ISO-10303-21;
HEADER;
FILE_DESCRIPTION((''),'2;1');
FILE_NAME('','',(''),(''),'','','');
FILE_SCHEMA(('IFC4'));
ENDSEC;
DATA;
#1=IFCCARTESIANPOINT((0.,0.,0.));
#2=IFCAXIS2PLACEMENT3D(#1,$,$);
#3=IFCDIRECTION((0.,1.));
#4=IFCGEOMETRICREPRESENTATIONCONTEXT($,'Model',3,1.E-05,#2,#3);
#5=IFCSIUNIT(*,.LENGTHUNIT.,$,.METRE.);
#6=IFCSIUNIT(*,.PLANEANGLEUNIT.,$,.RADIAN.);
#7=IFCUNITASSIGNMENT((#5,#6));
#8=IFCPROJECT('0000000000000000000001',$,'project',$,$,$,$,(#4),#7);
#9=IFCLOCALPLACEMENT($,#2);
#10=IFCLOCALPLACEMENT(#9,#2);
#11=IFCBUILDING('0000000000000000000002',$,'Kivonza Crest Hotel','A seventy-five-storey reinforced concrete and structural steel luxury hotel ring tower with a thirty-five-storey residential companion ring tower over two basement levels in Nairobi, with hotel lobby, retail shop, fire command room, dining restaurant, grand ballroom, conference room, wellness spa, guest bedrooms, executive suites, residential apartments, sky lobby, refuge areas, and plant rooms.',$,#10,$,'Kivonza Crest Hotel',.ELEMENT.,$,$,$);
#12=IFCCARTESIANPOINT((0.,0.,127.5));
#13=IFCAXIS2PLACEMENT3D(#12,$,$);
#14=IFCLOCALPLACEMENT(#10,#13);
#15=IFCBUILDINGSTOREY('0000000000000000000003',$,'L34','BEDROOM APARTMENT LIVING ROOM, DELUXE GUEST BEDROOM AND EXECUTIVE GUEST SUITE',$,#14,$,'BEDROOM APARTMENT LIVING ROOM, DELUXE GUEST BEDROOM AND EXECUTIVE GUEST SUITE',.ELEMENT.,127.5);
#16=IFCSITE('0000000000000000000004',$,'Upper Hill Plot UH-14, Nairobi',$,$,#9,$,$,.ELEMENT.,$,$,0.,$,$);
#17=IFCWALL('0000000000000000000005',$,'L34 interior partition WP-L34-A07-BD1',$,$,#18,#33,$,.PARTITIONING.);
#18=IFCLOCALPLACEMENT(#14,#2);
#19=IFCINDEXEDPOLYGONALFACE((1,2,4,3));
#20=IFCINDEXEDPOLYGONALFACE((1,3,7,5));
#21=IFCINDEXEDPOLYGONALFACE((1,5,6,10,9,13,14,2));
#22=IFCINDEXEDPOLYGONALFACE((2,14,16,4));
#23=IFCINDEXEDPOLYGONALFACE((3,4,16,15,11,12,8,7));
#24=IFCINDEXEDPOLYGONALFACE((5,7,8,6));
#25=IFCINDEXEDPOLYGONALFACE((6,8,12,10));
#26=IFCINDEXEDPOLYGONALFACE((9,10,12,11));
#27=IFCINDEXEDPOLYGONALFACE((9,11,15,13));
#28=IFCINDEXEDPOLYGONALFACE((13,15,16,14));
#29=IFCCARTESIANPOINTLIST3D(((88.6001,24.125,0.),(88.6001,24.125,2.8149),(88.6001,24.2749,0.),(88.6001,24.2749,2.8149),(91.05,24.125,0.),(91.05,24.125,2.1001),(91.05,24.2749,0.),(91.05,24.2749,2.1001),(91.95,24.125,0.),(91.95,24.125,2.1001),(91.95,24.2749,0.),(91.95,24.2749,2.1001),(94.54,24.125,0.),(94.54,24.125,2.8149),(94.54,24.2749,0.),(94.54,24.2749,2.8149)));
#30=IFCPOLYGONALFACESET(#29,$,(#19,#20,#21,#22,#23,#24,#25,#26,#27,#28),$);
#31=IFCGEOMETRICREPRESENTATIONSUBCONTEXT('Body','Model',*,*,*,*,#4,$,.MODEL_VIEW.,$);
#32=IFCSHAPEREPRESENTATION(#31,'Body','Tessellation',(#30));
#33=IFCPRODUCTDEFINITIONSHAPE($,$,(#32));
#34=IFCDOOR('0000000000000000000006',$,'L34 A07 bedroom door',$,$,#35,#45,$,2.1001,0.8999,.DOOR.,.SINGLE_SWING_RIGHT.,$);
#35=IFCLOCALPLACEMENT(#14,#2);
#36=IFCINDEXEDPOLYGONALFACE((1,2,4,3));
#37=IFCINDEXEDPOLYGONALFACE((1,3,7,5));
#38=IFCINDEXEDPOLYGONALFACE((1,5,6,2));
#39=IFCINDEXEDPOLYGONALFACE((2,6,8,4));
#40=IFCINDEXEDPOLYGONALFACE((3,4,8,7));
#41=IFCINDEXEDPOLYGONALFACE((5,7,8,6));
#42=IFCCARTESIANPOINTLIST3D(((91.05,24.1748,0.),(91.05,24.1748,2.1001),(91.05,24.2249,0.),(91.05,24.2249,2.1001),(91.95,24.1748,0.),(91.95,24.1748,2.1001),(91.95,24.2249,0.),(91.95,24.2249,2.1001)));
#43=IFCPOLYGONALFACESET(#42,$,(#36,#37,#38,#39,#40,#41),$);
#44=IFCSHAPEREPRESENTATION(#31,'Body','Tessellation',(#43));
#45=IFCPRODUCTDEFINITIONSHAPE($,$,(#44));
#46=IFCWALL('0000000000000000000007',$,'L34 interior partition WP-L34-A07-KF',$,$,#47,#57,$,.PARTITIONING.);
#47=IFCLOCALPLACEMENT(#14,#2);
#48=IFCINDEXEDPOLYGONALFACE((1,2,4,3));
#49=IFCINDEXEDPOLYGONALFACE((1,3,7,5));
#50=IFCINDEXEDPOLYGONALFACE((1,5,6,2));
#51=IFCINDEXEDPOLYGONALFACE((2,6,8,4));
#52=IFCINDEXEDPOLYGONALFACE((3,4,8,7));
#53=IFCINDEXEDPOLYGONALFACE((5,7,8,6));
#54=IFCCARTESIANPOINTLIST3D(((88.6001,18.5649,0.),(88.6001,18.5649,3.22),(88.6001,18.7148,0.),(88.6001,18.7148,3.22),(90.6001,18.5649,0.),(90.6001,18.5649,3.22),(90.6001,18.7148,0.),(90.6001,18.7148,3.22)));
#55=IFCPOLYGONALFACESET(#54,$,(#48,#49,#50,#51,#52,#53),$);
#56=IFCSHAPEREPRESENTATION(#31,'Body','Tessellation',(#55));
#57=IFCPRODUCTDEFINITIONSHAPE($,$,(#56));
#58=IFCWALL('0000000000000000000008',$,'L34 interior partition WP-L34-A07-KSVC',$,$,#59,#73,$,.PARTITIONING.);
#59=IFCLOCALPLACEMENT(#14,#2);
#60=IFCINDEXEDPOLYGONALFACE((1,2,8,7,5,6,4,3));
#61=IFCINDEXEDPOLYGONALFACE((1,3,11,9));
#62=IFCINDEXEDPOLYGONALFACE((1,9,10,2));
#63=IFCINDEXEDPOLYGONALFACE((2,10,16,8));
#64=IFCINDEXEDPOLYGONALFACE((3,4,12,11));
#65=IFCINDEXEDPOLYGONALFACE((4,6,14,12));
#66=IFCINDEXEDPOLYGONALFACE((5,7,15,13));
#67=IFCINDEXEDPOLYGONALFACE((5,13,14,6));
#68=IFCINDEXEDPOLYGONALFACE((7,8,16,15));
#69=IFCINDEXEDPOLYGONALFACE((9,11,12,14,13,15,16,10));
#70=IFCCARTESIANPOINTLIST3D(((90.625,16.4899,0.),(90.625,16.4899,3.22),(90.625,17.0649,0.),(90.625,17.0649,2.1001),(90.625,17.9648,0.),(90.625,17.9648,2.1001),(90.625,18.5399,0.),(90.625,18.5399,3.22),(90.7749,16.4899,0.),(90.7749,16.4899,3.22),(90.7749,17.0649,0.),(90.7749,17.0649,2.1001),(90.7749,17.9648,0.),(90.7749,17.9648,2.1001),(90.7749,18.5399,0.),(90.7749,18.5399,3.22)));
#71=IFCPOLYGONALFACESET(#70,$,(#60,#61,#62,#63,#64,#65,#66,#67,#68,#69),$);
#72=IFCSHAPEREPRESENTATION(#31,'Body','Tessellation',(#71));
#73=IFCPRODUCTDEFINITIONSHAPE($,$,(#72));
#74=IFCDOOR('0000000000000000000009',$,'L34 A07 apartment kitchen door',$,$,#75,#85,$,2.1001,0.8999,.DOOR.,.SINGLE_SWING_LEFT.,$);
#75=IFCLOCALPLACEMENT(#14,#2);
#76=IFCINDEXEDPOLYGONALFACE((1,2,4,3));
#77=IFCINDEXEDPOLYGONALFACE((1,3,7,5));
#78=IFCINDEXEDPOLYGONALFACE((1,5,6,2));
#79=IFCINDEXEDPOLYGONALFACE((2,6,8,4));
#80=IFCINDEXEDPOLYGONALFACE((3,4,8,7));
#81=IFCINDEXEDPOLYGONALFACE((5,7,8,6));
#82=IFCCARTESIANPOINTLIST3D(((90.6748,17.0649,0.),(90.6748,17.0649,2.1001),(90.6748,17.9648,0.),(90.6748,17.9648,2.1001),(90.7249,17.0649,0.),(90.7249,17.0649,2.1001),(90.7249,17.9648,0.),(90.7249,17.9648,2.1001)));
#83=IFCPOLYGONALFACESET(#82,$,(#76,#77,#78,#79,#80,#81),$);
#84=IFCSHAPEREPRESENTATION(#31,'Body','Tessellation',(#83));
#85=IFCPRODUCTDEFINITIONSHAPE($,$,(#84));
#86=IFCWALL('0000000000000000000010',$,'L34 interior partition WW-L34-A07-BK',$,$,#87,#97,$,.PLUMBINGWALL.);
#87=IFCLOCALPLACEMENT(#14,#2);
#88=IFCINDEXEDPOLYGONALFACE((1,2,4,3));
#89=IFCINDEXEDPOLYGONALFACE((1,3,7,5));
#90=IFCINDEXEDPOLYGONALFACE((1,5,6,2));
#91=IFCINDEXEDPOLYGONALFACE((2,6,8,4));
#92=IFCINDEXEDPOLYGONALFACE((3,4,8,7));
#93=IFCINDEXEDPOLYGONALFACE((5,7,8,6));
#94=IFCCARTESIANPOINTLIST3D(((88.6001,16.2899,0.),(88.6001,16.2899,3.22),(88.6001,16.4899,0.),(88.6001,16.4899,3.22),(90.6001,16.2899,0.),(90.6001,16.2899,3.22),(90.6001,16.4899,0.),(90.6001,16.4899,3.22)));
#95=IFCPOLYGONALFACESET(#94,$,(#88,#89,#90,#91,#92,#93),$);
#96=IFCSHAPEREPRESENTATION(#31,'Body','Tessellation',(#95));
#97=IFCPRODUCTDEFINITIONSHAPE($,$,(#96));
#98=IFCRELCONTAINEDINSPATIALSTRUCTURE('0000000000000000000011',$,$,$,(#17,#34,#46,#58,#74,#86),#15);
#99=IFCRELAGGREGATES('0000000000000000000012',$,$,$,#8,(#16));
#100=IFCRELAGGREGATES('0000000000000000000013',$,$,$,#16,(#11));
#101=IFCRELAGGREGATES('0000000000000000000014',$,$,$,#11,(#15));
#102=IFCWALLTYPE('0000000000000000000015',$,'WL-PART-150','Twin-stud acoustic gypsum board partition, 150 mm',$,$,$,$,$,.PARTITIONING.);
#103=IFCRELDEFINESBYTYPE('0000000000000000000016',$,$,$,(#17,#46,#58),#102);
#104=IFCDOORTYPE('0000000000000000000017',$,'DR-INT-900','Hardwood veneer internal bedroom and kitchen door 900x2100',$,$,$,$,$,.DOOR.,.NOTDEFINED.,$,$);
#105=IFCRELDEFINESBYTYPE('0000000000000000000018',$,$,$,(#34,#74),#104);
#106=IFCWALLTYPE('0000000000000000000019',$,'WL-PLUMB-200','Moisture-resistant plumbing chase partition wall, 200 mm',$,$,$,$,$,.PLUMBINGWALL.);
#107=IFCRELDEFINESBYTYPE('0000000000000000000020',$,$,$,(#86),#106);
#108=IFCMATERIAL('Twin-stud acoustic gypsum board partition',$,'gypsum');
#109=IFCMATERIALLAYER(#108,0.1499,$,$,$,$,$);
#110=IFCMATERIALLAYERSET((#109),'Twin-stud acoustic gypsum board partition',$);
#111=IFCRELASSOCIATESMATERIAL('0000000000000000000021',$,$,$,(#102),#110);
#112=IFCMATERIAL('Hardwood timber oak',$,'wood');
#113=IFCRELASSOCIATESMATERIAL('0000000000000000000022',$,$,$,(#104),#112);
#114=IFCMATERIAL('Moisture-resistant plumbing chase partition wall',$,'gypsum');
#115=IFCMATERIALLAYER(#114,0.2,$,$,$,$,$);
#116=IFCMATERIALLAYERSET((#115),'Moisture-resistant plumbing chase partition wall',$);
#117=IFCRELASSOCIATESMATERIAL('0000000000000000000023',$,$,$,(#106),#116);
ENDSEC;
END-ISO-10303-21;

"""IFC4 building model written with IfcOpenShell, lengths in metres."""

from ifc_helpers import new_model, si_unit, direction, frame, frame_2d, origin, place, context, subcontext, project, spatial, rectangle, extrude, material, layer, layer_set, type_object, element, fill, save


model = new_model("IFC4")

# Units and contexts
model_context = context("Model", 3, precision=1e-05, world=origin(), true_north=direction((0.0, 1.0)))
body_context = subcontext(model_context, "Body", "Model", "MODEL_VIEW")
ifc_project = project(units=[si_unit("LENGTHUNIT", "METRE"), si_unit("PLANEANGLEUNIT", "RADIAN")], contexts=[model_context])

# Site, building, storey
site_placement = place(None, origin())
site = spatial("IfcSite", under=ifc_project, at=site_placement, Name="Upper Hill Plot UH-14, Nairobi", CompositionType="ELEMENT", RefElevation=0.0)
building_placement = place(site_placement, origin())
building = spatial("IfcBuilding", under=site, at=building_placement, Name="Kivonza Crest Hotel", Description="A seventy-five-storey reinforced concrete and structural steel luxury hotel ring tower with a thirty-five-storey residential companion ring tower over two basement levels in Nairobi, with hotel lobby, retail shop, fire command room, dining restaurant, grand ballroom, conference room, wellness spa, guest bedrooms, executive suites, residential apartments, sky lobby, refuge areas, and plant rooms.", LongName="Kivonza Crest Hotel", CompositionType="ELEMENT")
storey_placement = place(building_placement, frame((0.0, 0.0, 127.5)))
storey = spatial("IfcBuildingStorey", under=building, at=storey_placement, Name="L34", Description="BEDROOM APARTMENT LIVING ROOM, DELUXE GUEST BEDROOM AND EXECUTIVE GUEST SUITE", LongName="BEDROOM APARTMENT LIVING ROOM, DELUXE GUEST BEDROOM AND EXECUTIVE GUEST SUITE", CompositionType="ELEMENT", Elevation=127.5)

# Shared definitions
ifc_material_1 = material(Name="Hardwood timber oak", Category="wood")

# Wall, opening, door
ifc_material_2 = material(Name="Twin-stud acoustic gypsum board partition", Category="gypsum")
ifc_layer_1 = layer(ifc_material_2, 0.1499)
ifc_layer_set_1 = layer_set([ifc_layer_1], Name="Twin-stud acoustic gypsum board partition")
wall_type_1 = type_object("IfcWallType", Name="WL-PART-150", Description="Twin-stud acoustic gypsum board partition, 150 mm", PredefinedType="PARTITIONING", material=ifc_layer_set_1)
wall_1_placement = place(storey_placement, frame((88.6001, 24.2, 0.0), z_axis=(0.0, 0.0, 1.0), x_axis=(1.0, 0.0, 0.0)))
wall_1 = element("IfcWall", 1, at=wall_1_placement, inside=storey, type_object=wall_type_1, Name="L34 interior partition WP-L34-A07-BD1", PredefinedType="PARTITIONING", context=body_context, shape_type="SweptSolid", body=[
    extrude(rectangle(XDim=5.9399, YDim=0.1499, at=frame_2d((2.97, 0.0))), origin(), (0.0, 0.0, 1.0), 2.8149),
])
opening_1_placement = place(wall_1_placement, frame((2.45, 0.0, 0.0)))
opening_1 = element("IfcOpeningElement", 2, at=opening_1_placement, cuts=wall_1, PredefinedType="OPENING", context=body_context, shape_type="SweptSolid", body=[
    extrude(rectangle(XDim=0.8999, YDim=2.1001, at=frame_2d((0.45, 1.05))), frame((0.0, 0.085, 0.0), z_axis=(0.0, -1.0, 0.0), x_axis=(1.0, 0.0, 0.0)), (0.0, 0.0, 1.0), 0.1699),
])
door_type_1 = type_object("IfcDoorType", Name="DR-INT-900", Description="Hardwood veneer internal bedroom and kitchen door 900x2100", OperationType="NOTDEFINED", PredefinedType="DOOR", material=ifc_material_1)
door_1_placement = place(opening_1_placement, origin())
door_1 = element("IfcDoor", 3, at=door_1_placement, inside=storey, type_object=door_type_1, Name="L34 A07 bedroom door", OperationType="SINGLE_SWING_RIGHT", OverallHeight=2.1001, OverallWidth=0.8999, PredefinedType="DOOR", context=body_context, shape_type="SweptSolid", body=[
    extrude(rectangle(XDim=0.8999, YDim=2.1001, at=frame_2d((0.45, 1.05))), frame((0.0, 0.0249, 0.0), z_axis=(0.0, -1.0, 0.0), x_axis=(1.0, 0.0, 0.0)), (0.0, 0.0, 1.0), 0.05),
])
fill(opening_1, door_1)

# Wall
wall_2_placement = place(storey_placement, frame((88.6001, 18.6399, 0.0), z_axis=(0.0, 0.0, 1.0), x_axis=(1.0, 0.0, 0.0)))
element("IfcWall", 4, at=wall_2_placement, inside=storey, type_object=wall_type_1, Name="L34 interior partition WP-L34-A07-KF", PredefinedType="PARTITIONING", context=body_context, shape_type="SweptSolid", body=[
    extrude(rectangle(XDim=2.0, YDim=0.1499, at=frame_2d((1.0, 0.0))), origin(), (0.0, 0.0, 1.0), 3.22),
])

# Wall, opening, door
wall_3_placement = place(storey_placement, frame((90.7, 16.49, 0.0), z_axis=(0.0, 0.0, 1.0), x_axis=(0.0, 1.0, 0.0)))
wall_3 = element("IfcWall", 5, at=wall_3_placement, inside=storey, type_object=wall_type_1, Name="L34 interior partition WP-L34-A07-KSVC", PredefinedType="PARTITIONING", context=body_context, shape_type="SweptSolid", body=[
    extrude(rectangle(XDim=2.05, YDim=0.1499, at=frame_2d((1.0249, 0.0))), origin(), (0.0, 0.0, 1.0), 3.22),
])
opening_2_placement = place(wall_3_placement, frame((0.575, 0.0, 0.0)))
opening_2 = element("IfcOpeningElement", 6, at=opening_2_placement, cuts=wall_3, PredefinedType="OPENING", context=body_context, shape_type="SweptSolid", body=[
    extrude(rectangle(XDim=0.8999, YDim=2.1001, at=frame_2d((0.45, 1.05))), frame((0.0, 0.085, 0.0), z_axis=(0.0, -1.0, 0.0), x_axis=(1.0, 0.0, 0.0)), (0.0, 0.0, 1.0), 0.1699),
])
door_2_placement = place(opening_2_placement, frame((0.8999, 0.0, 0.0), z_axis=(0.0, 0.0, 1.0), x_axis=(-1.0, 0.0, 0.0)))
door_2 = element("IfcDoor", 7, at=door_2_placement, inside=storey, type_object=door_type_1, Name="L34 A07 apartment kitchen door", OperationType="SINGLE_SWING_LEFT", OverallHeight=2.1001, OverallWidth=0.8999, PredefinedType="DOOR", context=body_context, shape_type="SweptSolid", body=[
    extrude(rectangle(XDim=0.8999, YDim=2.1001, at=frame_2d((0.45, 1.05))), frame((0.0, 0.0249, 0.0), z_axis=(0.0, -1.0, 0.0), x_axis=(1.0, 0.0, 0.0)), (0.0, 0.0, 1.0), 0.05),
])
fill(opening_2, door_2)

# Wall
ifc_material_3 = material(Name="Moisture-resistant plumbing chase partition wall", Category="gypsum")
ifc_layer_2 = layer(ifc_material_3, 0.2)
ifc_layer_set_2 = layer_set([ifc_layer_2], Name="Moisture-resistant plumbing chase partition wall")
wall_type_2 = type_object("IfcWallType", Name="WL-PLUMB-200", Description="Moisture-resistant plumbing chase partition wall, 200 mm", PredefinedType="PLUMBINGWALL", material=ifc_layer_set_2)
wall_4_placement = place(storey_placement, frame((88.6001, 16.3899, 0.0), z_axis=(0.0, 0.0, 1.0), x_axis=(1.0, 0.0, 0.0)))
element("IfcWall", 8, at=wall_4_placement, inside=storey, type_object=wall_type_2, Name="L34 interior partition WW-L34-A07-BK", PredefinedType="PLUMBINGWALL", context=body_context, shape_type="SweptSolid", body=[
    extrude(rectangle(XDim=2.0, YDim=0.2, at=frame_2d((1.0, 0.0))), origin(), (0.0, 0.0, 1.0), 3.22),
])

save(model, "model.ifc")
